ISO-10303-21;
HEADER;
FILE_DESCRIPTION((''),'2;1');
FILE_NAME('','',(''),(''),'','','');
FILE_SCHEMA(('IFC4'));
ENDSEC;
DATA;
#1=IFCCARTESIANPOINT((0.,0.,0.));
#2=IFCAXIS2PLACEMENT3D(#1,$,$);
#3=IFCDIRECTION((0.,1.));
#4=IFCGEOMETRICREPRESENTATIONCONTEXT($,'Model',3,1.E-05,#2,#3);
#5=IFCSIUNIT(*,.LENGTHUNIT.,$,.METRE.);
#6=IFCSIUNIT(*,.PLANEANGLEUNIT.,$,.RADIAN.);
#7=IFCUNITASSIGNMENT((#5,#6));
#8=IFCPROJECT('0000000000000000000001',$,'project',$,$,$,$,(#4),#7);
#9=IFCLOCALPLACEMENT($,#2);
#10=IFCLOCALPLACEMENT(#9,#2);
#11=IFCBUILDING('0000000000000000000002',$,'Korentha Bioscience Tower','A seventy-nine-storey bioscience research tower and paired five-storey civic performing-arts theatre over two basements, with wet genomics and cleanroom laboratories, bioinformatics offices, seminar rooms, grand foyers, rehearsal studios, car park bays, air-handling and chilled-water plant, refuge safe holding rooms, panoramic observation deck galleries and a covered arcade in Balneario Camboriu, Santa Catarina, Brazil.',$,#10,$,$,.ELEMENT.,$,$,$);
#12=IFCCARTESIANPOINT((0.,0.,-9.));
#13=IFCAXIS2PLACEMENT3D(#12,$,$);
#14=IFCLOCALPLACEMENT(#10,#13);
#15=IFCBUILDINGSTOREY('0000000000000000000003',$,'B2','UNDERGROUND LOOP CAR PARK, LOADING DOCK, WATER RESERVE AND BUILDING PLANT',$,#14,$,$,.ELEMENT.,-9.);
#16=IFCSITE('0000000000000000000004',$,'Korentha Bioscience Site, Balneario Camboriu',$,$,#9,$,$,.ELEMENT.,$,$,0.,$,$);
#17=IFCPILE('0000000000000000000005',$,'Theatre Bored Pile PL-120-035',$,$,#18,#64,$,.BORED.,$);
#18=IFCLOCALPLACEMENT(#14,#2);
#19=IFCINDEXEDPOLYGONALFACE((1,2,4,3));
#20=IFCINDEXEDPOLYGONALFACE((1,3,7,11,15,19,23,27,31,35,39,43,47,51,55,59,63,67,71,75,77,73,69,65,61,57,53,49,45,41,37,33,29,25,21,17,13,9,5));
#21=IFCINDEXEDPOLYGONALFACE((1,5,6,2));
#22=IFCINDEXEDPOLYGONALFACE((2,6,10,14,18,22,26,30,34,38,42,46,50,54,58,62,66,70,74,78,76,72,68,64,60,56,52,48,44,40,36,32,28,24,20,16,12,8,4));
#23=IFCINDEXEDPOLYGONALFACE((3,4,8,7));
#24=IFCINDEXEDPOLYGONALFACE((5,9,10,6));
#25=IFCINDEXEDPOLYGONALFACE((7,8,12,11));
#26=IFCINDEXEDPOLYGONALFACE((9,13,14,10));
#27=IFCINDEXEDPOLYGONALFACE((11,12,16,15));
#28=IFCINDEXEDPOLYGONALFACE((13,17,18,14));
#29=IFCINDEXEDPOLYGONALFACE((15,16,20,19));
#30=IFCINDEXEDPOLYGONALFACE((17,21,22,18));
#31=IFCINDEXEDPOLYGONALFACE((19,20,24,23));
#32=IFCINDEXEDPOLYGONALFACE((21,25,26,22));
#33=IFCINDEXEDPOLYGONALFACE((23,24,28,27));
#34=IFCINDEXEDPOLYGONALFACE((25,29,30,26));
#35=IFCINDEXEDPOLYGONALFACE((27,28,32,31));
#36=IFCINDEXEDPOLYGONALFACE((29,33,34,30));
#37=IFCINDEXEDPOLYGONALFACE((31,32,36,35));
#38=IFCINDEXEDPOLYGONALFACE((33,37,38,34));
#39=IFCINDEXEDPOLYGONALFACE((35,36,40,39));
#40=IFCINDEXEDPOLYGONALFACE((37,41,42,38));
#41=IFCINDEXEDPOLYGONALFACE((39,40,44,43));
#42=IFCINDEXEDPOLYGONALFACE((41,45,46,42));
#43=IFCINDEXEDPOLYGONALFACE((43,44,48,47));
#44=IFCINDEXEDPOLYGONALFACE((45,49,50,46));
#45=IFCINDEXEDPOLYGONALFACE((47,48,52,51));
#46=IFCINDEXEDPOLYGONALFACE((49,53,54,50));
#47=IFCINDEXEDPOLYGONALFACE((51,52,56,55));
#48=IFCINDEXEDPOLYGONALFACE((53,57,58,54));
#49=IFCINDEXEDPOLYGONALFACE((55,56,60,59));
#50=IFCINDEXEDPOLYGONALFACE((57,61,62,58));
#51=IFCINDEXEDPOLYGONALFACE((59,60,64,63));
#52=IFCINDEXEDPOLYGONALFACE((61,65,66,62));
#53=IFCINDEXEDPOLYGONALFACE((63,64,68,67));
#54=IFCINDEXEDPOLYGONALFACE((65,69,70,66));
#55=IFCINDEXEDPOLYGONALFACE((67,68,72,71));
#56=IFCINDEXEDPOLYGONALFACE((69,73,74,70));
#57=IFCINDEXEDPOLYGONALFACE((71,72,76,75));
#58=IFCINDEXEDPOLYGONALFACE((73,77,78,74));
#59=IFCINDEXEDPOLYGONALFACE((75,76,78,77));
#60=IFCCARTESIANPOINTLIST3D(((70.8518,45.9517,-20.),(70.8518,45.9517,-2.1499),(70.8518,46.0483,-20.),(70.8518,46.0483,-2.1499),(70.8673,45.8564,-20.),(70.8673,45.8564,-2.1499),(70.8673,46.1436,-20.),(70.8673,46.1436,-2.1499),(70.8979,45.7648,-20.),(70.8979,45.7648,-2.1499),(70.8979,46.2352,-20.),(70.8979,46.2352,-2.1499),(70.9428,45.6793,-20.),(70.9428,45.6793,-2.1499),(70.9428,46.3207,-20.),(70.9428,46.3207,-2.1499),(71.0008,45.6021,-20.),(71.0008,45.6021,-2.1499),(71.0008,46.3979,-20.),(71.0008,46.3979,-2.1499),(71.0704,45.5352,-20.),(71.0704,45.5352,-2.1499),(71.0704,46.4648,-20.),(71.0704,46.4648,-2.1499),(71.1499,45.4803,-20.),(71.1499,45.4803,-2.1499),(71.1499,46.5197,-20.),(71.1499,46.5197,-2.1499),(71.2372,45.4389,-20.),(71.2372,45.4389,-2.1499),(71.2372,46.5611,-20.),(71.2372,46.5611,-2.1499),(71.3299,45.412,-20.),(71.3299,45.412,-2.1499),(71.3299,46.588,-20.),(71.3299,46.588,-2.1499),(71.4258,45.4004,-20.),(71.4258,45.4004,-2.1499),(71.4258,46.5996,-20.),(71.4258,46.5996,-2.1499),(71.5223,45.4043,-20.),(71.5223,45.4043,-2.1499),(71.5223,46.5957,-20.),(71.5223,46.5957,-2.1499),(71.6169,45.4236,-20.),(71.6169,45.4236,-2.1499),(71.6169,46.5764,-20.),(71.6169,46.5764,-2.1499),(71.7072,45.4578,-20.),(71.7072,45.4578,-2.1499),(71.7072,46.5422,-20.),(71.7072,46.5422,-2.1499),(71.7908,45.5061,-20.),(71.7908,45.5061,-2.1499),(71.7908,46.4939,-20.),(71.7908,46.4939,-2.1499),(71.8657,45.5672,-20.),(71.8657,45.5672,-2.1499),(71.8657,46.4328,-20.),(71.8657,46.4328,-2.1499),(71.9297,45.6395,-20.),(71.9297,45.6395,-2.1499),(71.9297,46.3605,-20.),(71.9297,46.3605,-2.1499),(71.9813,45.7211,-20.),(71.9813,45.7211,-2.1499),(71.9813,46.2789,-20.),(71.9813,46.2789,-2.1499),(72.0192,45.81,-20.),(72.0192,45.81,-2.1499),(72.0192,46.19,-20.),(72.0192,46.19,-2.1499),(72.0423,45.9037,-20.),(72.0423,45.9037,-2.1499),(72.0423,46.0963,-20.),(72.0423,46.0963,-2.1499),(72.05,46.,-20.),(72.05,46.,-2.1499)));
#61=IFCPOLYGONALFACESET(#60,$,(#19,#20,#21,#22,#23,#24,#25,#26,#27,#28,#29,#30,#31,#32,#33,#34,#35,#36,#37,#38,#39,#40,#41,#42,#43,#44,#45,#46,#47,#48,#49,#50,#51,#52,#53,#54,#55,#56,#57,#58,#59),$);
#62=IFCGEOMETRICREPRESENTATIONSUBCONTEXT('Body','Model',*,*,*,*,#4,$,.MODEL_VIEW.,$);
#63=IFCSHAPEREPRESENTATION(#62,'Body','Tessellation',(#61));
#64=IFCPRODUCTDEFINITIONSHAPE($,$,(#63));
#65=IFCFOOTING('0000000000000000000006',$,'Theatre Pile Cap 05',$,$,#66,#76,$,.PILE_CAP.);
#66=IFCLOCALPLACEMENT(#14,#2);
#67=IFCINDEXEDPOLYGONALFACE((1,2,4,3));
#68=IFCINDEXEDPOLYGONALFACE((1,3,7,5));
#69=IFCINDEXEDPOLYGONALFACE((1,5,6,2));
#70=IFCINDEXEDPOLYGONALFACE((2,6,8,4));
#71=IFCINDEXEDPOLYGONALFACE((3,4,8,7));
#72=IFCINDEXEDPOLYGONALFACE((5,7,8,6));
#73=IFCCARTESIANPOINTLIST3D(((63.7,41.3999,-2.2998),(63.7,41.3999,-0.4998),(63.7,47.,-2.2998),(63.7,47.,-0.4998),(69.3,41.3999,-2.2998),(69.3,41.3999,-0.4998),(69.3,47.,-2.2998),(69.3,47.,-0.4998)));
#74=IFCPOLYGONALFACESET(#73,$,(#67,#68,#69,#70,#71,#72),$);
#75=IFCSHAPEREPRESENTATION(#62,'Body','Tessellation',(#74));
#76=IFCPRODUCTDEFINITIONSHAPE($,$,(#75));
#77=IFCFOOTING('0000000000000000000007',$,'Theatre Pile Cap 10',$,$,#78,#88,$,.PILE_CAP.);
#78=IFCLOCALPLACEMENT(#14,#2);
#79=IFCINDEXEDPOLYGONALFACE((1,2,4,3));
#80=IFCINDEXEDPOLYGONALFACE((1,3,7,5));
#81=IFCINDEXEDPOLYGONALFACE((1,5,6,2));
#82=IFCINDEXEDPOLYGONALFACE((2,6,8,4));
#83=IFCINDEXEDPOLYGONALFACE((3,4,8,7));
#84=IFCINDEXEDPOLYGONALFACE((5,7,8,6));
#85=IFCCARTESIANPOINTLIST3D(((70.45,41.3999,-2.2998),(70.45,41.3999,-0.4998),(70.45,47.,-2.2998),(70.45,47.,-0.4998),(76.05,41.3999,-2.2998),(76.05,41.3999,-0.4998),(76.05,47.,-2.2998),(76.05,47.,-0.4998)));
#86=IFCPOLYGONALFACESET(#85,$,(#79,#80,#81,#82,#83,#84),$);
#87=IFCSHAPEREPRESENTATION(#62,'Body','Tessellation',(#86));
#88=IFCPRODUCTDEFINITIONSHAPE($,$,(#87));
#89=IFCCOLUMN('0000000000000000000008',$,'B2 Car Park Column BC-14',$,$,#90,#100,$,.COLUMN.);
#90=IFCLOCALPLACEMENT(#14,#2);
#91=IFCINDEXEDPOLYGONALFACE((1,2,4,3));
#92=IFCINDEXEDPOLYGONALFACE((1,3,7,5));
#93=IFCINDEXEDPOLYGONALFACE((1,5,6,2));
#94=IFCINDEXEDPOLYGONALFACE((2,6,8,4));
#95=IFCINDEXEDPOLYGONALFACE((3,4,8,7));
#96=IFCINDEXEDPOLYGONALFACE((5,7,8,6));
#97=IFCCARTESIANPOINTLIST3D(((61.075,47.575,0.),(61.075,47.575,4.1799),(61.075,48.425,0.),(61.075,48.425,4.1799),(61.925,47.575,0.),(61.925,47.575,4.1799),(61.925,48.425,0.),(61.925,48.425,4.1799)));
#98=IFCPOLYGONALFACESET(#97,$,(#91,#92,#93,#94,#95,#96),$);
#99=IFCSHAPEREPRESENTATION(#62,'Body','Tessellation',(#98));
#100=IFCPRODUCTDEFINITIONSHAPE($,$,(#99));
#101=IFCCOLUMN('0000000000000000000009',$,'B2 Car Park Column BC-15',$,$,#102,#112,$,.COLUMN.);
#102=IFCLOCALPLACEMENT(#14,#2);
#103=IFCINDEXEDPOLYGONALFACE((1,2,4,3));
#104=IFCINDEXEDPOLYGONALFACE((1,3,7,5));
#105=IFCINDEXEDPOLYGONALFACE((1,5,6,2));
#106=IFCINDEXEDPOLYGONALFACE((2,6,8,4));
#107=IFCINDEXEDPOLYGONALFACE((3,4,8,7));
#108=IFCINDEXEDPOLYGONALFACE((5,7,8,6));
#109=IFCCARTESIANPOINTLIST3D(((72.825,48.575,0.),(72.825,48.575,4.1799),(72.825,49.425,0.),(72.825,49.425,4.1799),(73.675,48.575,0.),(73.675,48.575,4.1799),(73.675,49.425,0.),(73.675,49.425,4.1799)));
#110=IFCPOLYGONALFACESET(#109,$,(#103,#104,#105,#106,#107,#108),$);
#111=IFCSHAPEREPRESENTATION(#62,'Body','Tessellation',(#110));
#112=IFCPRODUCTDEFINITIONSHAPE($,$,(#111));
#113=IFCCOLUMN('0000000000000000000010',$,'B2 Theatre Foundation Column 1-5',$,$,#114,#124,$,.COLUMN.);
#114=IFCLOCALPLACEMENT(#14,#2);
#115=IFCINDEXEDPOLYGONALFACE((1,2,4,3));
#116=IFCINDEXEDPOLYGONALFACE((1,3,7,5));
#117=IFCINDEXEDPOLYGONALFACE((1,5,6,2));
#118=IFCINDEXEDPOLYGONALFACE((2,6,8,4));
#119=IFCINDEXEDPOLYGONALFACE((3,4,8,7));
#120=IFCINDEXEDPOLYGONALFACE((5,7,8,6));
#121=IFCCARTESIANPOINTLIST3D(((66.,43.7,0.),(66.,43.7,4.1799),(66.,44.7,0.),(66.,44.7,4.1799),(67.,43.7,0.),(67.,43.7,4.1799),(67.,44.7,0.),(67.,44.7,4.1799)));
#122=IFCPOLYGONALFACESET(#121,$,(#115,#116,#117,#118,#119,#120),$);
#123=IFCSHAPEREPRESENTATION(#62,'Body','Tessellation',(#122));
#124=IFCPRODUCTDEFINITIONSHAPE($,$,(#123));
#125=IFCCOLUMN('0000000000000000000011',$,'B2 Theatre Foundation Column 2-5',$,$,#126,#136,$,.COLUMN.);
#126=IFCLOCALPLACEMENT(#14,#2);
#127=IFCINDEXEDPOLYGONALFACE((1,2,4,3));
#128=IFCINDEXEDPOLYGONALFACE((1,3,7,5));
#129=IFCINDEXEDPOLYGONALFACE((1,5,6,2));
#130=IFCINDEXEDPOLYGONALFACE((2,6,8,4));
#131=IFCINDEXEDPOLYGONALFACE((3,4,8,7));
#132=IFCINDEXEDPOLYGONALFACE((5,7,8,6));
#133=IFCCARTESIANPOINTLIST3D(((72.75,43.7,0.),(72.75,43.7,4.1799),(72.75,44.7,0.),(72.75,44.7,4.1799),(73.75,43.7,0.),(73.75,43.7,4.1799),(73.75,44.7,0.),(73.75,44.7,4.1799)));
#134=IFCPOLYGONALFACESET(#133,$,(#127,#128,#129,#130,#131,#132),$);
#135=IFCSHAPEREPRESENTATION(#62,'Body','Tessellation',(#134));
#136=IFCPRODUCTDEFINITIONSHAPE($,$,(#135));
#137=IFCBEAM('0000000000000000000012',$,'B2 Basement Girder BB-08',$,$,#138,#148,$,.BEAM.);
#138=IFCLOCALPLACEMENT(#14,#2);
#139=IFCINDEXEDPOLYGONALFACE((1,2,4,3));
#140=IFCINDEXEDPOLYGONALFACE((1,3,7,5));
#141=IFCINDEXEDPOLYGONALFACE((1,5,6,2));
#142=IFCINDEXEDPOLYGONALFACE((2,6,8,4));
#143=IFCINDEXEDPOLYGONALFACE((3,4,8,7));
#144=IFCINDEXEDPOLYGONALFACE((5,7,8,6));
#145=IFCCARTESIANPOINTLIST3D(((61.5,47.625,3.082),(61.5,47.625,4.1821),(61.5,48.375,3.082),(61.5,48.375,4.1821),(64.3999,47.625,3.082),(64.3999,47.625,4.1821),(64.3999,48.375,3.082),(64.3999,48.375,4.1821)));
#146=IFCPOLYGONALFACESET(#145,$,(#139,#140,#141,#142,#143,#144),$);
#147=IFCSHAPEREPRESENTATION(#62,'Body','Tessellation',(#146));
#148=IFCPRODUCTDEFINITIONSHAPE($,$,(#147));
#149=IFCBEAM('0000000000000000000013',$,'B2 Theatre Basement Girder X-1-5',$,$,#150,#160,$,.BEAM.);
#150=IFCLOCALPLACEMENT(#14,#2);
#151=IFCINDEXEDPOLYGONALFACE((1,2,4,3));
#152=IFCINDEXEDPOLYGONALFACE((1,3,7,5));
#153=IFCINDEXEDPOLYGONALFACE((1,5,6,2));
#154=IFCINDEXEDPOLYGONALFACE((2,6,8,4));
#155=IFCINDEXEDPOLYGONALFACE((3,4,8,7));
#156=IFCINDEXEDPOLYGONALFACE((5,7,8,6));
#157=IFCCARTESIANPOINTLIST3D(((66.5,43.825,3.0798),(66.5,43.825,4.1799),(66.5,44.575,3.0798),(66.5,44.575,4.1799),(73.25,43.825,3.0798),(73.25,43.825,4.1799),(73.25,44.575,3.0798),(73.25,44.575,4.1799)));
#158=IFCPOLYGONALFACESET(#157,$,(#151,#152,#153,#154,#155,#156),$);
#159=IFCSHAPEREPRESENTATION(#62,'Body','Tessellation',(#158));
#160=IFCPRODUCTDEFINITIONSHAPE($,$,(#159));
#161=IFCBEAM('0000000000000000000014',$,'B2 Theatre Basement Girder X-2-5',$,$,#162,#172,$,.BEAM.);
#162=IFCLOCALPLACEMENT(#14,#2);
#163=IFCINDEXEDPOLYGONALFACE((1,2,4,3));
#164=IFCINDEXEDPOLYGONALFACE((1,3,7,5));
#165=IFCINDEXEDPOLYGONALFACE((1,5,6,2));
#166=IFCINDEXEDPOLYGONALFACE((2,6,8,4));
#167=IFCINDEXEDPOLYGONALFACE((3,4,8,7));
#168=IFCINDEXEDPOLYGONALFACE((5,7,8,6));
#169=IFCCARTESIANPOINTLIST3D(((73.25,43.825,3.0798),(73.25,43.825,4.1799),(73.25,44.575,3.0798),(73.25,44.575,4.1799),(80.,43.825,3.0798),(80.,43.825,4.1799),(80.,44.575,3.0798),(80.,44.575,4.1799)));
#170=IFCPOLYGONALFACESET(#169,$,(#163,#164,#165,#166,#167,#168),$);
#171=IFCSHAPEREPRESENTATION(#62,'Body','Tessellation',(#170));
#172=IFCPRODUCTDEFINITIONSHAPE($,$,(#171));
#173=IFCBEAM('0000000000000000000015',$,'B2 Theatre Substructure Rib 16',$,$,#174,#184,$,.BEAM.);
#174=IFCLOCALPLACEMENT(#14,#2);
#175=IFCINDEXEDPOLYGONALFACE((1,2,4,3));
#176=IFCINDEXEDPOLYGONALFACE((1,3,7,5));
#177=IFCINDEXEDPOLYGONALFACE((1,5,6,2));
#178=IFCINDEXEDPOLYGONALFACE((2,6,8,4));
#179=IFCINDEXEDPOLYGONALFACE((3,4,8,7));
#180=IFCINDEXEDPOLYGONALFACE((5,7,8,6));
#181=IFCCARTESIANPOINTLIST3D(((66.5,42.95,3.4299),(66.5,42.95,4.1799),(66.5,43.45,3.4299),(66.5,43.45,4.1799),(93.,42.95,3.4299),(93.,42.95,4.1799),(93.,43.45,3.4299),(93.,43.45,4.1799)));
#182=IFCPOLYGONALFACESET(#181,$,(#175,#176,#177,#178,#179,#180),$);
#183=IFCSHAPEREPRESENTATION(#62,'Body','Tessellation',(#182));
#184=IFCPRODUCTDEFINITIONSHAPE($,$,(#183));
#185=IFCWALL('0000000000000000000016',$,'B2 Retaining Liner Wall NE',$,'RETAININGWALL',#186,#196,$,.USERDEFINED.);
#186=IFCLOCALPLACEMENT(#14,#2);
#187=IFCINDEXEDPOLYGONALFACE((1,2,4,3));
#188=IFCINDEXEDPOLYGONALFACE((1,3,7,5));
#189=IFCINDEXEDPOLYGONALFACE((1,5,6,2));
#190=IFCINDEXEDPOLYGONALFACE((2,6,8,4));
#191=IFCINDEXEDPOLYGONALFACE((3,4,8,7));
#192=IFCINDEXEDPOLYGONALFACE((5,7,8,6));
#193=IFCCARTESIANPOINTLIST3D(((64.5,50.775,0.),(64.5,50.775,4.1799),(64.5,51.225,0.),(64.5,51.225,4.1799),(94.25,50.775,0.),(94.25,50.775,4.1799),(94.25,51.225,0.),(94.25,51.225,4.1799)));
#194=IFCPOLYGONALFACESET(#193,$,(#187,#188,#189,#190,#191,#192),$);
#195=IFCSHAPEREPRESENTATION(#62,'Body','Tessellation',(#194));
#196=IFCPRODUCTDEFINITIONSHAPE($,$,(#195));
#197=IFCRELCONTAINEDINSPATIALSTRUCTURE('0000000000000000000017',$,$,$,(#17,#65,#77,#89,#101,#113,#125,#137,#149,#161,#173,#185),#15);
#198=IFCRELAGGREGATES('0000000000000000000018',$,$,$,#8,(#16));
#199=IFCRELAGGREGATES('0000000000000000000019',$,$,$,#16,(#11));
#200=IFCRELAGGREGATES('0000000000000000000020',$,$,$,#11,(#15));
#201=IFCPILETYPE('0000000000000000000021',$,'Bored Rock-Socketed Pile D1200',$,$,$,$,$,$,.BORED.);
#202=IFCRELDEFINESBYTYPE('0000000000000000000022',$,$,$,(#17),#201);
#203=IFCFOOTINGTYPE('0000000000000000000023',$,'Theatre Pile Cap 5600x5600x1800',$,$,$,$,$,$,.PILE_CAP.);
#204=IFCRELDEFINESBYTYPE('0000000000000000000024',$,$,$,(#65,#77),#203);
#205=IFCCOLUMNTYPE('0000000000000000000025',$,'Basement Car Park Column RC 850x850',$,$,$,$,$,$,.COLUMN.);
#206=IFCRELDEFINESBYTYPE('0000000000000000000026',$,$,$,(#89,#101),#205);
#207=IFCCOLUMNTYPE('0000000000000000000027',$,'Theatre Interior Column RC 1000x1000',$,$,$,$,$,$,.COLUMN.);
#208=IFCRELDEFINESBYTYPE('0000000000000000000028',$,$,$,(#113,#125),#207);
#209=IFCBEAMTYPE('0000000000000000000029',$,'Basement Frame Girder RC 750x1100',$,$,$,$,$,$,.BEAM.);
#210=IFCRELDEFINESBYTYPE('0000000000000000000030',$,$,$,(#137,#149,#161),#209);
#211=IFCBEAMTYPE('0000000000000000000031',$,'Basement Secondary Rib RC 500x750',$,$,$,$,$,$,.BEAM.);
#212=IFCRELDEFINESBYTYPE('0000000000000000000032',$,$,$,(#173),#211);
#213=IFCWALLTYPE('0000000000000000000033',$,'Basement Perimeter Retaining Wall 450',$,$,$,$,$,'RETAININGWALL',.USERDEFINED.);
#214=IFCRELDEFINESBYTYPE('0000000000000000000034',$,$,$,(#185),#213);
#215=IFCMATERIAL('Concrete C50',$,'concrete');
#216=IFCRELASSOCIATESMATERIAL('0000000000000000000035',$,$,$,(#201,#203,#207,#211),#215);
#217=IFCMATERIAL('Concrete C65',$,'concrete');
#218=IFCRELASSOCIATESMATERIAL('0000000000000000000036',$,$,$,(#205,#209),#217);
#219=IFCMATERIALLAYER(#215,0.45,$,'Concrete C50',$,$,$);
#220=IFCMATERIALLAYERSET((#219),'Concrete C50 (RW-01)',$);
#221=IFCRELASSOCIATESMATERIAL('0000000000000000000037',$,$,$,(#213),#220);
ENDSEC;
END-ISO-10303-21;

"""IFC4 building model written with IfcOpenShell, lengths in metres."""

from ifc_helpers import new_model, si_unit, direction, frame, frame_2d, origin, origin_2d, place, context, subcontext, project, spatial, rectangle, circle, extrude, material, layer, layer_set, material_profile, profile_set, type_object, element, save


model = new_model("IFC4")

# Units and contexts
model_context = context("Model", 3, precision=1e-05, world=origin(), true_north=direction((0.0, 1.0)))
body_context = subcontext(model_context, "Body", "Model", "MODEL_VIEW")
ifc_project = project(units=[si_unit("LENGTHUNIT", "METRE"), si_unit("PLANEANGLEUNIT", "RADIAN")], contexts=[model_context])

# Site, building, storey
site_placement = place(None, origin())
site = spatial("IfcSite", under=ifc_project, at=site_placement, Name="Korentha Bioscience Site, Balneario Camboriu", CompositionType="ELEMENT", RefElevation=0.0)
building_placement = place(site_placement, origin())
building = spatial("IfcBuilding", under=site, at=building_placement, Name="Korentha Bioscience Tower", Description="A seventy-nine-storey bioscience research tower and paired five-storey civic performing-arts theatre over two basements, with wet genomics and cleanroom laboratories, bioinformatics offices, seminar rooms, grand foyers, rehearsal studios, car park bays, air-handling and chilled-water plant, refuge safe holding rooms, panoramic observation deck galleries and a covered arcade in Balneario Camboriu, Santa Catarina, Brazil.", CompositionType="ELEMENT")
storey_placement = place(building_placement, frame((0.0, 0.0, -9.0)))
storey = spatial("IfcBuildingStorey", under=building, at=storey_placement, Name="B2", Description="UNDERGROUND LOOP CAR PARK, LOADING DOCK, WATER RESERVE AND BUILDING PLANT", CompositionType="ELEMENT", Elevation=-9.0)

# Shared definitions
ifc_material_1 = material(Name="Concrete C50", Category="concrete")

# Pile
ifc_material_profile_1 = material_profile(ifc_material_1, circle(Radius=0.6001, at=origin_2d()), Name="Concrete C50")
ifc_profile_set_1 = profile_set([ifc_material_profile_1], Name="Concrete C50 (PL-120)")
pile_type = type_object("IfcPileType", Name="Bored Rock-Socketed Pile D1200", PredefinedType="BORED", material=ifc_profile_set_1)
for number, where, z_axis, x_axis, name in (
    (1, (71.45, 46.0, -2.1499), (0.0, 0.0, -1.0), (1.0, 0.0, 0.0), "Theatre Bored Pile PL-120-035"),
):
    element("IfcPile", number, at=place(storey_placement, frame(where, z_axis=z_axis, x_axis=x_axis)), inside=storey, type_object=pile_type, Name=name, PredefinedType="BORED", context=body_context, shape_type="SweptSolid", body=[
        extrude(circle(Radius=0.6001, at=origin_2d()), origin(), (0.0, 0.0, 1.0), 17.8501),
    ])

# Footings
footing_type_1 = type_object("IfcFootingType", Name="Theatre Pile Cap 5600x5600x1800", PredefinedType="PILE_CAP", material=ifc_material_1)
for number, where, z_axis, x_axis, name in (
    (2, (66.5, 44.2, -2.2998), (0.0, 0.0, 1.0), (1.0, 0.0, 0.0), "Theatre Pile Cap 05"),
    (3, (73.25, 44.2, -2.2998), (0.0, 0.0, 1.0), (1.0, 0.0, 0.0), "Theatre Pile Cap 10"),
):
    element("IfcFooting", number, at=place(storey_placement, frame(where, z_axis=z_axis, x_axis=x_axis)), inside=storey, type_object=footing_type_1, Name=name, PredefinedType="PILE_CAP", context=body_context, shape_type="SweptSolid", body=[
        extrude(rectangle(XDim=5.6001, YDim=5.6001, at=origin_2d()), origin(), (0.0, 0.0, 1.0), 1.8),
    ])

# Columns
ifc_material_2 = material(Name="Concrete C65", Category="concrete")
ifc_material_profile_2 = material_profile(ifc_material_2, rectangle(XDim=0.8501, YDim=0.8501, at=origin_2d()), Name="Concrete C65")
ifc_profile_set_2 = profile_set([ifc_material_profile_2], Name="Concrete C65 (BC-01)")
column_type_1 = type_object("IfcColumnType", Name="Basement Car Park Column RC 850x850", PredefinedType="COLUMN", material=ifc_profile_set_2)
for number, where, z_axis, x_axis, name in (
    (4, (61.5, 48.0, 0.0), (0.0, 0.0, 1.0), (1.0, 0.0, 0.0), "B2 Car Park Column BC-14"),
    (5, (73.25, 49.0, 0.0), (0.0, 0.0, 1.0), (1.0, 0.0, 0.0), "B2 Car Park Column BC-15"),
):
    element("IfcColumn", number, at=place(storey_placement, frame(where, z_axis=z_axis, x_axis=x_axis)), inside=storey, type_object=column_type_1, Name=name, PredefinedType="COLUMN", context=body_context, shape_type="SweptSolid", body=[
        extrude(rectangle(XDim=0.8501, YDim=0.8501, at=origin_2d()), origin(), (0.0, 0.0, 1.0), 4.1799),
    ])
ifc_material_profile_3 = material_profile(ifc_material_1, rectangle(XDim=1.0, YDim=1.0, at=origin_2d()), Name="Concrete C50")
ifc_profile_set_3 = profile_set([ifc_material_profile_3], Name="Concrete C50 (TC-I01)")
column_type_2 = type_object("IfcColumnType", Name="Theatre Interior Column RC 1000x1000", PredefinedType="COLUMN", material=ifc_profile_set_3)
for number, where, z_axis, x_axis, name in (
    (6, (66.5, 44.2, 0.0), (0.0, 0.0, 1.0), (1.0, 0.0, 0.0), "B2 Theatre Foundation Column 1-5"),
    (7, (73.25, 44.2, 0.0), (0.0, 0.0, 1.0), (1.0, 0.0, 0.0), "B2 Theatre Foundation Column 2-5"),
):
    element("IfcColumn", number, at=place(storey_placement, frame(where, z_axis=z_axis, x_axis=x_axis)), inside=storey, type_object=column_type_2, Name=name, PredefinedType="COLUMN", context=body_context, shape_type="SweptSolid", body=[
        extrude(rectangle(XDim=1.0, YDim=1.0, at=origin_2d()), origin(), (0.0, 0.0, 1.0), 4.1799),
    ])

# Beams
ifc_material_profile_4 = material_profile(ifc_material_2, rectangle(XDim=0.75, YDim=1.1001, at=origin_2d()), Name="Concrete C65")
ifc_profile_set_4 = profile_set([ifc_material_profile_4], Name="Concrete C65 (BB-750)")
beam_type_1 = type_object("IfcBeamType", Name="Basement Frame Girder RC 750x1100", PredefinedType="BEAM", material=ifc_profile_set_4)
beam_1_placement = place(storey_placement, frame((61.5, 48.0, 3.6321), z_axis=(1.0, 0.0, 0.0), x_axis=(0.0, 1.0, 0.0)))
element("IfcBeam", 8, at=beam_1_placement, inside=storey, type_object=beam_type_1, Name="B2 Basement Girder BB-08", PredefinedType="BEAM", context=body_context, shape_type="SweptSolid", body=[
    extrude(rectangle(XDim=0.75, YDim=1.1001, at=origin_2d()), origin(), (0.0, 0.0, 1.0), 2.8999),
])
for number, where, z_axis, x_axis, name in (
    (9, (66.5, 44.2, 3.6299), (1.0, 0.0, 0.0), (0.0, 1.0, 0.0), "B2 Theatre Basement Girder X-1-5"),
    (10, (73.25, 44.2, 3.6299), (1.0, 0.0, 0.0), (0.0, 1.0, 0.0), "B2 Theatre Basement Girder X-2-5"),
):
    element("IfcBeam", number, at=place(storey_placement, frame(where, z_axis=z_axis, x_axis=x_axis)), inside=storey, type_object=beam_type_1, Name=name, PredefinedType="BEAM", context=body_context, shape_type="SweptSolid", body=[
        extrude(rectangle(XDim=0.75, YDim=1.1001, at=origin_2d()), origin(), (0.0, 0.0, 1.0), 6.75),
    ])
ifc_material_profile_5 = material_profile(ifc_material_1, rectangle(XDim=0.5, YDim=0.75, at=origin_2d()), Name="Concrete C50")
ifc_profile_set_5 = profile_set([ifc_material_profile_5], Name="Concrete C50 (BB-500)")
beam_type_2 = type_object("IfcBeamType", Name="Basement Secondary Rib RC 500x750", PredefinedType="BEAM", material=ifc_profile_set_5)
beam_2_placement = place(storey_placement, frame((66.5, 43.2, 3.8049), z_axis=(1.0, 0.0, 0.0), x_axis=(0.0, 1.0, 0.0)))
element("IfcBeam", 11, at=beam_2_placement, inside=storey, type_object=beam_type_2, Name="B2 Theatre Substructure Rib 16", PredefinedType="BEAM", context=body_context, shape_type="SweptSolid", body=[
    extrude(rectangle(XDim=0.5, YDim=0.75, at=origin_2d()), origin(), (0.0, 0.0, 1.0), 26.5),
])

# Wall
ifc_layer_1 = layer(ifc_material_1, 0.45, Name="Concrete C50")
ifc_layer_set_1 = layer_set([ifc_layer_1], Name="Concrete C50 (RW-01)")
wall_type_1 = type_object("IfcWallType", Name="Basement Perimeter Retaining Wall 450", ElementType="RETAININGWALL", PredefinedType="USERDEFINED", material=ifc_layer_set_1)
wall_1_placement = place(storey_placement, frame((64.5, 51.0, 0.0), z_axis=(0.0, 0.0, 1.0), x_axis=(1.0, 0.0, 0.0)))
element("IfcWall", 12, at=wall_1_placement, inside=storey, type_object=wall_type_1, Name="B2 Retaining Liner Wall NE", ObjectType="RETAININGWALL", PredefinedType="USERDEFINED", context=body_context, shape_type="SweptSolid", body=[
    extrude(rectangle(XDim=29.75, YDim=0.45, at=frame_2d((14.875, 0.0))), origin(), (0.0, 0.0, 1.0), 4.1799),
])

save(model, "model.ifc")
